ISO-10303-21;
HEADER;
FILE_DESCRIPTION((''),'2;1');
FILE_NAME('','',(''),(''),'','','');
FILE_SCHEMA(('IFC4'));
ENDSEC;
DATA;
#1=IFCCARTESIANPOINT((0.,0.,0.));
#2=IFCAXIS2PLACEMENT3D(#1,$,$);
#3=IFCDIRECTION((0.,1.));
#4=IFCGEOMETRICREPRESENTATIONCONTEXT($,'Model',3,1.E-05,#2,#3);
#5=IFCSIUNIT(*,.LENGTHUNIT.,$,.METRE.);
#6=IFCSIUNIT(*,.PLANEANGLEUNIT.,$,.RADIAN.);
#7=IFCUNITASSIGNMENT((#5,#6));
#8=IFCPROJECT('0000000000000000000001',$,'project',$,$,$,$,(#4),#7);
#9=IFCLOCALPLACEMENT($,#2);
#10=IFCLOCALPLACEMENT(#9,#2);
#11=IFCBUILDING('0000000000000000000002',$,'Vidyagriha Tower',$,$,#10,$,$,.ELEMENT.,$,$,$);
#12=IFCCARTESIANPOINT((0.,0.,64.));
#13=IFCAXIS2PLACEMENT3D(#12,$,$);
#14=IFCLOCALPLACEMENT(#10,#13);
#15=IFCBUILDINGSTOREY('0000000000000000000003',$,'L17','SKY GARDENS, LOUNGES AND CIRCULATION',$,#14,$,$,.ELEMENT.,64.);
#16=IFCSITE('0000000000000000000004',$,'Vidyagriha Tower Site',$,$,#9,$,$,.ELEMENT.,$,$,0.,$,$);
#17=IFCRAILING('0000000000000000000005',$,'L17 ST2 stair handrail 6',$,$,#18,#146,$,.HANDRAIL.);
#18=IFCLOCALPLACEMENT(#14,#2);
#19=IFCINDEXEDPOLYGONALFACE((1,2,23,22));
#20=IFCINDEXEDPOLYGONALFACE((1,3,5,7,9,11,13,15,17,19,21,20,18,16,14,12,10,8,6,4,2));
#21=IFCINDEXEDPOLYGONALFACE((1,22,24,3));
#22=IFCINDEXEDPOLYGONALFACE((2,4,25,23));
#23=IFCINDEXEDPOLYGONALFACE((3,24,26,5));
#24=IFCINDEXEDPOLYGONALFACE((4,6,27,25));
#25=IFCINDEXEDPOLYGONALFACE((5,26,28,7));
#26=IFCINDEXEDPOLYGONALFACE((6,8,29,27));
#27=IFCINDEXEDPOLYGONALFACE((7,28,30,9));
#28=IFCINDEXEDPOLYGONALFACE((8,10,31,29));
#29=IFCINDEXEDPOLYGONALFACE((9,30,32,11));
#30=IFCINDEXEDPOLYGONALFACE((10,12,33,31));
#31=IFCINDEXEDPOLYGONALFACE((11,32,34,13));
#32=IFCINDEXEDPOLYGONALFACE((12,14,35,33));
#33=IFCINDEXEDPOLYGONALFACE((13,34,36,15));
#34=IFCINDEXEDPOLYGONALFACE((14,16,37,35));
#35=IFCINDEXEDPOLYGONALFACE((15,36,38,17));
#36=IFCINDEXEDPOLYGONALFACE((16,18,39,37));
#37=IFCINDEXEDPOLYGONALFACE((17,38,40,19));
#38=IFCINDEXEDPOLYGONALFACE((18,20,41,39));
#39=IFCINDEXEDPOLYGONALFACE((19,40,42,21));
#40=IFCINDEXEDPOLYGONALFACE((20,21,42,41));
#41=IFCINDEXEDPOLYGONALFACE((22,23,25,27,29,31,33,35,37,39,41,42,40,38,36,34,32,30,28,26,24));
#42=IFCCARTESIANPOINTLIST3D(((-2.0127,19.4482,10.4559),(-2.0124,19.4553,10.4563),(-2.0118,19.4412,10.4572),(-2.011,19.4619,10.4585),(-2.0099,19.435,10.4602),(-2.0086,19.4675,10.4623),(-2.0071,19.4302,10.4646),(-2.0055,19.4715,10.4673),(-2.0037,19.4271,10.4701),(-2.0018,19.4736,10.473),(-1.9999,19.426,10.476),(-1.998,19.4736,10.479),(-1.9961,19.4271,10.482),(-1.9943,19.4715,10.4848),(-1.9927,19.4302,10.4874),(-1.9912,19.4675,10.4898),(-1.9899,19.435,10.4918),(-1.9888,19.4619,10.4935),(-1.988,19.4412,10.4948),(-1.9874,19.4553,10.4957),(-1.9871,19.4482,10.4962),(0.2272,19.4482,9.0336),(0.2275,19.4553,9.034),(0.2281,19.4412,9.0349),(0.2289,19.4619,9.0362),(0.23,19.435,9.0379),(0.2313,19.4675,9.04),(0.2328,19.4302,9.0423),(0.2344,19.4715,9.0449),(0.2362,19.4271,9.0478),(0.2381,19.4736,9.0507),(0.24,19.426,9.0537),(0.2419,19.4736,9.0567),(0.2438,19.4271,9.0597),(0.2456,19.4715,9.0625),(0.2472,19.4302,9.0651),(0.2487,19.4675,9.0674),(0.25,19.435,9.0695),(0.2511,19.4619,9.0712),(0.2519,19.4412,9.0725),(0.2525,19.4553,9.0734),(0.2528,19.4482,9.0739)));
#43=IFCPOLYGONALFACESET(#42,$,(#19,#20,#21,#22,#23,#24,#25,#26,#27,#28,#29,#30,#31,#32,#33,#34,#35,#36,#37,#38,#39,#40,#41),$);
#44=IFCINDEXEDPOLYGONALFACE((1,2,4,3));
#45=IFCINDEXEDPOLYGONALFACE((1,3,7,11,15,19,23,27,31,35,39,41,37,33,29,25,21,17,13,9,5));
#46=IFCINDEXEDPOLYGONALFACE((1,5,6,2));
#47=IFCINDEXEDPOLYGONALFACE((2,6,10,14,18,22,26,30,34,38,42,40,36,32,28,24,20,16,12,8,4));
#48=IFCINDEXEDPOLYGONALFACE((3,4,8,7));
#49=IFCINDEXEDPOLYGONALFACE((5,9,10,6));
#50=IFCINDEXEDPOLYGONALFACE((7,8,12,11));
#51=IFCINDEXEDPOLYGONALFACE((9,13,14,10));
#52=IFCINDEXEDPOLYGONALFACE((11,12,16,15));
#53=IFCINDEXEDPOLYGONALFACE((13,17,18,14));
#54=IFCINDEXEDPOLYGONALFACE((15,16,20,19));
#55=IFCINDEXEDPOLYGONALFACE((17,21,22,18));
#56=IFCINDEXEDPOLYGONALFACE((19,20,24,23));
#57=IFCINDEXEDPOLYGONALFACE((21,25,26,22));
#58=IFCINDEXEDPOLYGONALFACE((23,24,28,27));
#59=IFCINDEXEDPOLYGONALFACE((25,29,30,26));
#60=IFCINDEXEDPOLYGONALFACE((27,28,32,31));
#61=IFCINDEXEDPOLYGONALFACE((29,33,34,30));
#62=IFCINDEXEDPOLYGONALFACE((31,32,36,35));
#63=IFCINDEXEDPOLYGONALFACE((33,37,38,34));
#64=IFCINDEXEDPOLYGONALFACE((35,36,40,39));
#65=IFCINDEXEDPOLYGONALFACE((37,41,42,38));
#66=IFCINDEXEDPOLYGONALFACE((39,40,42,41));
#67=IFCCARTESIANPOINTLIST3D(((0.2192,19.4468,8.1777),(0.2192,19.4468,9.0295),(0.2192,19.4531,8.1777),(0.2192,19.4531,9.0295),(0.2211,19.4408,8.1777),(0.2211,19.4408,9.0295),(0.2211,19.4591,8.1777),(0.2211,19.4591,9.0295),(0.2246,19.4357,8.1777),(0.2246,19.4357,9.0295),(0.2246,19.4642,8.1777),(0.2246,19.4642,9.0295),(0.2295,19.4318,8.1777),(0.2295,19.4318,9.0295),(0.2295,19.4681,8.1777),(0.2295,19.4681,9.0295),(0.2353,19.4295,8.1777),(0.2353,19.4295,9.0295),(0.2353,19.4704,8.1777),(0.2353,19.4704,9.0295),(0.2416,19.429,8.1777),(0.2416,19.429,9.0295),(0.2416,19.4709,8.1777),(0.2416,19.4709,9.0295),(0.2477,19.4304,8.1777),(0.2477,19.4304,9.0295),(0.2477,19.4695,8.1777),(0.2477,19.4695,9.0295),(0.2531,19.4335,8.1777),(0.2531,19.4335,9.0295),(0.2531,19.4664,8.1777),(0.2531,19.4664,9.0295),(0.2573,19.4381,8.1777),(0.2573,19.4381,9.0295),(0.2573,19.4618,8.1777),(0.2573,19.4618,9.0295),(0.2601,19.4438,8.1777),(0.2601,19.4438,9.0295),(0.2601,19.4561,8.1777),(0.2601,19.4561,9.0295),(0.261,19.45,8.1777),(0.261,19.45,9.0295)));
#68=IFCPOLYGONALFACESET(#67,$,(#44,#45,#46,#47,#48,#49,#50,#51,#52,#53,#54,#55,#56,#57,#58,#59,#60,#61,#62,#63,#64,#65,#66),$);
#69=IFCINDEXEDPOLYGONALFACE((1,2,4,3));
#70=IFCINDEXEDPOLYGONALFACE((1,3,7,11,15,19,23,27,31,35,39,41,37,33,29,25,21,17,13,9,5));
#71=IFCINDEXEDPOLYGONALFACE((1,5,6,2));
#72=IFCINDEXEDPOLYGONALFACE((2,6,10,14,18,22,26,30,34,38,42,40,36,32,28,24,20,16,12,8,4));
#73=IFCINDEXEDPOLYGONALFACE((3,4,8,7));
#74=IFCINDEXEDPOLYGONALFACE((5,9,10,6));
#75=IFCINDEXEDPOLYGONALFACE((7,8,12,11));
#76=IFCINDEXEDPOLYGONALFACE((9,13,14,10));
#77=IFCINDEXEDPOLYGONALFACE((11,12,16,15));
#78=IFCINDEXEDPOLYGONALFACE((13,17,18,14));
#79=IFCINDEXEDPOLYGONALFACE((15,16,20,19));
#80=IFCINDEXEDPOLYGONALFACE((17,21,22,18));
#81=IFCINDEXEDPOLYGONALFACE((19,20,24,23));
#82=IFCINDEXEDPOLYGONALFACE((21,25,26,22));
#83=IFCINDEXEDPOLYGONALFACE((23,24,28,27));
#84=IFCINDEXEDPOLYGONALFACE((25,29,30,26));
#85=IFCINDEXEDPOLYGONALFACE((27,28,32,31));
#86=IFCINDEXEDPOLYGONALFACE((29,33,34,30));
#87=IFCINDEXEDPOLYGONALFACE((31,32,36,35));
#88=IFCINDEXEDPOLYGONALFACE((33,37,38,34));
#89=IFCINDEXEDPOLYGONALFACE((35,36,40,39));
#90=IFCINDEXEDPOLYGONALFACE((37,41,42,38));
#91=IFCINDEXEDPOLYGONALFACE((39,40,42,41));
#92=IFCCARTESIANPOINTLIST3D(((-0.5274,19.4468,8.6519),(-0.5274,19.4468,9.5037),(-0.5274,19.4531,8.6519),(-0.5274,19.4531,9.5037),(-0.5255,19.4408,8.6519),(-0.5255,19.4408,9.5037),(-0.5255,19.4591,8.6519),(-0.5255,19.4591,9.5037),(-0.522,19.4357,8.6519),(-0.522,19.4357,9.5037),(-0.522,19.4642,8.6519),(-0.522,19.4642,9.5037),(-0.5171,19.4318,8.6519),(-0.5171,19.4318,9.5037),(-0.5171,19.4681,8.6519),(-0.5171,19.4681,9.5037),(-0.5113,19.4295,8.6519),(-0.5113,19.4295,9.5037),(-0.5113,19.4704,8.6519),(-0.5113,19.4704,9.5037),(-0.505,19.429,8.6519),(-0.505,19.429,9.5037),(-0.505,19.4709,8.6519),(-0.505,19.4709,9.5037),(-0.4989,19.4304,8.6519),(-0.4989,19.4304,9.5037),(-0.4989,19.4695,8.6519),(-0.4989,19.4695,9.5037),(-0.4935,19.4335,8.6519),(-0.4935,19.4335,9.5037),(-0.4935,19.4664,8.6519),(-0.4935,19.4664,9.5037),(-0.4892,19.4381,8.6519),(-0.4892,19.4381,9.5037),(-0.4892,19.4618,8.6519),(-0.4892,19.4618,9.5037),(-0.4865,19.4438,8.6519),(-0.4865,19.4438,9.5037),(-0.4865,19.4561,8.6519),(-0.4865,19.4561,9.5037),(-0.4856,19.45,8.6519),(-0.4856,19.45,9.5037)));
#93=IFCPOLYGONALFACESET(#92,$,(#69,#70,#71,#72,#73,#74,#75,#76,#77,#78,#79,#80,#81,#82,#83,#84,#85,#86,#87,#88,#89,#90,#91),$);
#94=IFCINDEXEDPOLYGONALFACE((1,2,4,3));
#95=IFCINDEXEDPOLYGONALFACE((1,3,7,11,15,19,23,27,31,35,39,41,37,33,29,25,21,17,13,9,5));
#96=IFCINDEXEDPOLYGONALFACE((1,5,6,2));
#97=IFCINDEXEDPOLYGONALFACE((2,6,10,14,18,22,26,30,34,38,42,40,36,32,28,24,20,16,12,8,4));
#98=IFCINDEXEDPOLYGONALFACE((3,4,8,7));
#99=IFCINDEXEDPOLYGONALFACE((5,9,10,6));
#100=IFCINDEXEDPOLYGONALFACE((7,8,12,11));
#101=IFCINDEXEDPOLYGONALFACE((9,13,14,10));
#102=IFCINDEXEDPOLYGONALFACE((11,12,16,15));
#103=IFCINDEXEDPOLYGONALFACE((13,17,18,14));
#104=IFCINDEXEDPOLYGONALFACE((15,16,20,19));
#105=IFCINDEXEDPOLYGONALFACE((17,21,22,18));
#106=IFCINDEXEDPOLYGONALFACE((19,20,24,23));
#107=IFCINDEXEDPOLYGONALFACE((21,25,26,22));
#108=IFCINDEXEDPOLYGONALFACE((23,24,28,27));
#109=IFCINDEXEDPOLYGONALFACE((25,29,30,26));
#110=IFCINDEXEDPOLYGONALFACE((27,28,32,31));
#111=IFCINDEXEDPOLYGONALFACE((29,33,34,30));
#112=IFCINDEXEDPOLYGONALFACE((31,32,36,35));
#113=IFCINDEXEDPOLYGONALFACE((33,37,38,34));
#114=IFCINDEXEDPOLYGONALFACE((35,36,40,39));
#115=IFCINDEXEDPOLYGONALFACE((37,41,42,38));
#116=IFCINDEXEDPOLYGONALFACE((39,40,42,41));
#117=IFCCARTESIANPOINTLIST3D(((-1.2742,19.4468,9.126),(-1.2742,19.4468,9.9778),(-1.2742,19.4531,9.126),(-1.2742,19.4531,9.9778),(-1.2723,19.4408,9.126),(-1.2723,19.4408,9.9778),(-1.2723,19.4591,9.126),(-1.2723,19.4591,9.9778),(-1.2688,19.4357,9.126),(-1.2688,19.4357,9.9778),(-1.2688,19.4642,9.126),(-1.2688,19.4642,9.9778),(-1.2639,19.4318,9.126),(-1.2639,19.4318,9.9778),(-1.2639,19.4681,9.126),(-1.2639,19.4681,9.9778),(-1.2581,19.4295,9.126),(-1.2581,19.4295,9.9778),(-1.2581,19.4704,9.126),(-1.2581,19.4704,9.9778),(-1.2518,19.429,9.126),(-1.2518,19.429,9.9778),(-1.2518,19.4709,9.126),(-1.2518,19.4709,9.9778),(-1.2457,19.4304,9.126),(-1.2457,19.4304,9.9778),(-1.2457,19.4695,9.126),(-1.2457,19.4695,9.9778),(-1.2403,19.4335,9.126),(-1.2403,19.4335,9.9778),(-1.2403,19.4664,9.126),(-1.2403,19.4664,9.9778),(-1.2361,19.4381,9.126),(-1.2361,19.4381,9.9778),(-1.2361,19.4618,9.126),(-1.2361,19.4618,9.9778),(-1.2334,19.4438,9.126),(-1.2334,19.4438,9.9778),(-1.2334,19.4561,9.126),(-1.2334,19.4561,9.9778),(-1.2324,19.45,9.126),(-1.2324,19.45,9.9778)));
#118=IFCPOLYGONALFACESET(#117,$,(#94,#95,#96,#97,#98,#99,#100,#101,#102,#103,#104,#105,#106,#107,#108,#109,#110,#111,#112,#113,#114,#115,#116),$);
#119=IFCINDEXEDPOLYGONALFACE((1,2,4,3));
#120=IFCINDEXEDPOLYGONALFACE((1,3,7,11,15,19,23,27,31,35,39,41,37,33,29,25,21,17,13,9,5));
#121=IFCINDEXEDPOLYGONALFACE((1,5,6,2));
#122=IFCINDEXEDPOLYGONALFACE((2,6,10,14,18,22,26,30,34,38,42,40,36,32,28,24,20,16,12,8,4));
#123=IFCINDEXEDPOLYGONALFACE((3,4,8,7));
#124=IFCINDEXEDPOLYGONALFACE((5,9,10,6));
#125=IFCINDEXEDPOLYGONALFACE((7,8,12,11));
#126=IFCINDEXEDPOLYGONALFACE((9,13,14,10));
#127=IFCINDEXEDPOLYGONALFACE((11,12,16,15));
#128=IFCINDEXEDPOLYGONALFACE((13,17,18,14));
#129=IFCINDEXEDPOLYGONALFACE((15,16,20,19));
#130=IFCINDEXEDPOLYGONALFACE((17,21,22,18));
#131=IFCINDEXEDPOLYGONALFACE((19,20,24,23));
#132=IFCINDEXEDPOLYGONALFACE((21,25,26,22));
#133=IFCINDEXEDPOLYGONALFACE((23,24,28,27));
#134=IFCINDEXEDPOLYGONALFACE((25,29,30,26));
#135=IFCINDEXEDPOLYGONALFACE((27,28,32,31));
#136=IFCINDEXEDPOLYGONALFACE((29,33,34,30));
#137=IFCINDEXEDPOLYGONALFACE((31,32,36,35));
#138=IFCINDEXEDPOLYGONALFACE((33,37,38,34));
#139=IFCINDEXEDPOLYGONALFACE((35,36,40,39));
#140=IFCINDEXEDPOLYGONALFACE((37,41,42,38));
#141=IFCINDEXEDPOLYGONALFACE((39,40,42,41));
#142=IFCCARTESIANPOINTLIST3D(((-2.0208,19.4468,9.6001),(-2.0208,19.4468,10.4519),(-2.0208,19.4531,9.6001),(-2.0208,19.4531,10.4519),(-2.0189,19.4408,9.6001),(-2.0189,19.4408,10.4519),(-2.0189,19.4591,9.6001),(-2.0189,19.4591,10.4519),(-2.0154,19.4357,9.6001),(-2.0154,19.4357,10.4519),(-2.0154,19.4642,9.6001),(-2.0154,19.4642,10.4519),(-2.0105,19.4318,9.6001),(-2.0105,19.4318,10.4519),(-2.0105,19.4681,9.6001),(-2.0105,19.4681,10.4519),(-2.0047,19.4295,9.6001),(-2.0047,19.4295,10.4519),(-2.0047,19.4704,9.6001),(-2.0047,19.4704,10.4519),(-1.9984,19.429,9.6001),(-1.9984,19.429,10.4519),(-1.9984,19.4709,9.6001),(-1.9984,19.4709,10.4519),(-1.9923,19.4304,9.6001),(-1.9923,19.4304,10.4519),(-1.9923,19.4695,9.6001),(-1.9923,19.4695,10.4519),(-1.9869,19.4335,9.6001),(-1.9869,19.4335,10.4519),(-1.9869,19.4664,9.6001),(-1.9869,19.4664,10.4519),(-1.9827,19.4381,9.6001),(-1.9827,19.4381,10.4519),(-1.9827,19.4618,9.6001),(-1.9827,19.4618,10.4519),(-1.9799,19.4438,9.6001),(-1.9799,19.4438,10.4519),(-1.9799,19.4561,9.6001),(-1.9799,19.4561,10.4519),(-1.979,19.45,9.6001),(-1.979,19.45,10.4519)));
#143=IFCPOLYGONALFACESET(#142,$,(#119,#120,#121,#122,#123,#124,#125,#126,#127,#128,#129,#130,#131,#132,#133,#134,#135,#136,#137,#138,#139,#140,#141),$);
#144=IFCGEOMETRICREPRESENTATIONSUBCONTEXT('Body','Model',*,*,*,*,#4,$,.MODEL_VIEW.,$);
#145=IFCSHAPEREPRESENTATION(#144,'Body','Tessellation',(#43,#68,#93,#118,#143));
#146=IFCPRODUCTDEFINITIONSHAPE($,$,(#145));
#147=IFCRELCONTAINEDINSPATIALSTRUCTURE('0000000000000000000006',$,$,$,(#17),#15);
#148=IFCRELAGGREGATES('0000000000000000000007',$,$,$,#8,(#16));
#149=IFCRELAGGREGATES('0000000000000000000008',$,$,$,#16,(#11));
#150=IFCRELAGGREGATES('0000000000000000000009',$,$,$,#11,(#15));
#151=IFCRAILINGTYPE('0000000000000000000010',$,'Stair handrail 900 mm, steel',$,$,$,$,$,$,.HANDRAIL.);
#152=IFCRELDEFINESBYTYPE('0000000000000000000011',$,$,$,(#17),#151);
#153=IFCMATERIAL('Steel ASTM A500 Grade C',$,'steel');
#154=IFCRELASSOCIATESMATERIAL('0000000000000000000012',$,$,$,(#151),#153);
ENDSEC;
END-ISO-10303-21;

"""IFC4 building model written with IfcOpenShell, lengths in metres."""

from ifc_helpers import new_model, si_unit, direction, frame, origin, origin_2d, place, context, subcontext, project, spatial, circle, extrude, material, type_object, element, save


model = new_model("IFC4")

# Units and contexts
model_context = context("Model", 3, precision=1e-05, world=origin(), true_north=direction((0.0, 1.0)))
body_context = subcontext(model_context, "Body", "Model", "MODEL_VIEW")
ifc_project = project(units=[si_unit("LENGTHUNIT", "METRE"), si_unit("PLANEANGLEUNIT", "RADIAN")], contexts=[model_context])

# Site, building, storey
site_placement = place(None, origin())
site = spatial("IfcSite", under=ifc_project, at=site_placement, Name="Vidyagriha Tower Site", CompositionType="ELEMENT", RefElevation=0.0)
building_placement = place(site_placement, origin())
building = spatial("IfcBuilding", under=site, at=building_placement, Name="Vidyagriha Tower", CompositionType="ELEMENT")
storey_placement = place(building_placement, frame((0.0, 0.0, 64.0)))
storey = spatial("IfcBuildingStorey", under=building, at=storey_placement, Name="L17", Description="SKY GARDENS, LOUNGES AND CIRCULATION", CompositionType="ELEMENT", Elevation=64.0)

# Railing
ifc_material_1 = material(Name="Steel ASTM A500 Grade C", Category="steel")
railing_type_1 = type_object("IfcRailingType", Name="Stair handrail 900 mm, steel", PredefinedType="HANDRAIL", material=ifc_material_1)
railing_1_placement = place(storey_placement, frame((0.24, 19.45, 8.1777)))
element("IfcRailing", 1, at=railing_1_placement, inside=storey, type_object=railing_type_1, Name="L17 ST2 stair handrail 6", PredefinedType="HANDRAIL", context=body_context, shape_type="SweptSolid", body=[
    extrude(circle(Radius=0.0239, at=origin_2d()), frame((0.0, 0.0, 0.876), z_axis=(-0.844188, 0.0, 0.536048), x_axis=(0.0, -1.0, 0.0)), (0.0, 0.0, 1.0), 2.6533),
    extrude(circle(Radius=0.021, at=origin_2d()), origin(), (0.0, 0.0, 1.0), 0.8518),
    extrude(circle(Radius=0.021, at=origin_2d()), frame((-0.7466, 0.0, 0.4741)), (0.0, 0.0, 1.0), 0.8518),
    extrude(circle(Radius=0.021, at=origin_2d()), frame((-1.4934, 0.0, 0.9482)), (0.0, 0.0, 1.0), 0.8518),
    extrude(circle(Radius=0.021, at=origin_2d()), frame((-2.24, 0.0, 1.4224)), (0.0, 0.0, 1.0), 0.8518),
])

save(model, "model.ifc")
